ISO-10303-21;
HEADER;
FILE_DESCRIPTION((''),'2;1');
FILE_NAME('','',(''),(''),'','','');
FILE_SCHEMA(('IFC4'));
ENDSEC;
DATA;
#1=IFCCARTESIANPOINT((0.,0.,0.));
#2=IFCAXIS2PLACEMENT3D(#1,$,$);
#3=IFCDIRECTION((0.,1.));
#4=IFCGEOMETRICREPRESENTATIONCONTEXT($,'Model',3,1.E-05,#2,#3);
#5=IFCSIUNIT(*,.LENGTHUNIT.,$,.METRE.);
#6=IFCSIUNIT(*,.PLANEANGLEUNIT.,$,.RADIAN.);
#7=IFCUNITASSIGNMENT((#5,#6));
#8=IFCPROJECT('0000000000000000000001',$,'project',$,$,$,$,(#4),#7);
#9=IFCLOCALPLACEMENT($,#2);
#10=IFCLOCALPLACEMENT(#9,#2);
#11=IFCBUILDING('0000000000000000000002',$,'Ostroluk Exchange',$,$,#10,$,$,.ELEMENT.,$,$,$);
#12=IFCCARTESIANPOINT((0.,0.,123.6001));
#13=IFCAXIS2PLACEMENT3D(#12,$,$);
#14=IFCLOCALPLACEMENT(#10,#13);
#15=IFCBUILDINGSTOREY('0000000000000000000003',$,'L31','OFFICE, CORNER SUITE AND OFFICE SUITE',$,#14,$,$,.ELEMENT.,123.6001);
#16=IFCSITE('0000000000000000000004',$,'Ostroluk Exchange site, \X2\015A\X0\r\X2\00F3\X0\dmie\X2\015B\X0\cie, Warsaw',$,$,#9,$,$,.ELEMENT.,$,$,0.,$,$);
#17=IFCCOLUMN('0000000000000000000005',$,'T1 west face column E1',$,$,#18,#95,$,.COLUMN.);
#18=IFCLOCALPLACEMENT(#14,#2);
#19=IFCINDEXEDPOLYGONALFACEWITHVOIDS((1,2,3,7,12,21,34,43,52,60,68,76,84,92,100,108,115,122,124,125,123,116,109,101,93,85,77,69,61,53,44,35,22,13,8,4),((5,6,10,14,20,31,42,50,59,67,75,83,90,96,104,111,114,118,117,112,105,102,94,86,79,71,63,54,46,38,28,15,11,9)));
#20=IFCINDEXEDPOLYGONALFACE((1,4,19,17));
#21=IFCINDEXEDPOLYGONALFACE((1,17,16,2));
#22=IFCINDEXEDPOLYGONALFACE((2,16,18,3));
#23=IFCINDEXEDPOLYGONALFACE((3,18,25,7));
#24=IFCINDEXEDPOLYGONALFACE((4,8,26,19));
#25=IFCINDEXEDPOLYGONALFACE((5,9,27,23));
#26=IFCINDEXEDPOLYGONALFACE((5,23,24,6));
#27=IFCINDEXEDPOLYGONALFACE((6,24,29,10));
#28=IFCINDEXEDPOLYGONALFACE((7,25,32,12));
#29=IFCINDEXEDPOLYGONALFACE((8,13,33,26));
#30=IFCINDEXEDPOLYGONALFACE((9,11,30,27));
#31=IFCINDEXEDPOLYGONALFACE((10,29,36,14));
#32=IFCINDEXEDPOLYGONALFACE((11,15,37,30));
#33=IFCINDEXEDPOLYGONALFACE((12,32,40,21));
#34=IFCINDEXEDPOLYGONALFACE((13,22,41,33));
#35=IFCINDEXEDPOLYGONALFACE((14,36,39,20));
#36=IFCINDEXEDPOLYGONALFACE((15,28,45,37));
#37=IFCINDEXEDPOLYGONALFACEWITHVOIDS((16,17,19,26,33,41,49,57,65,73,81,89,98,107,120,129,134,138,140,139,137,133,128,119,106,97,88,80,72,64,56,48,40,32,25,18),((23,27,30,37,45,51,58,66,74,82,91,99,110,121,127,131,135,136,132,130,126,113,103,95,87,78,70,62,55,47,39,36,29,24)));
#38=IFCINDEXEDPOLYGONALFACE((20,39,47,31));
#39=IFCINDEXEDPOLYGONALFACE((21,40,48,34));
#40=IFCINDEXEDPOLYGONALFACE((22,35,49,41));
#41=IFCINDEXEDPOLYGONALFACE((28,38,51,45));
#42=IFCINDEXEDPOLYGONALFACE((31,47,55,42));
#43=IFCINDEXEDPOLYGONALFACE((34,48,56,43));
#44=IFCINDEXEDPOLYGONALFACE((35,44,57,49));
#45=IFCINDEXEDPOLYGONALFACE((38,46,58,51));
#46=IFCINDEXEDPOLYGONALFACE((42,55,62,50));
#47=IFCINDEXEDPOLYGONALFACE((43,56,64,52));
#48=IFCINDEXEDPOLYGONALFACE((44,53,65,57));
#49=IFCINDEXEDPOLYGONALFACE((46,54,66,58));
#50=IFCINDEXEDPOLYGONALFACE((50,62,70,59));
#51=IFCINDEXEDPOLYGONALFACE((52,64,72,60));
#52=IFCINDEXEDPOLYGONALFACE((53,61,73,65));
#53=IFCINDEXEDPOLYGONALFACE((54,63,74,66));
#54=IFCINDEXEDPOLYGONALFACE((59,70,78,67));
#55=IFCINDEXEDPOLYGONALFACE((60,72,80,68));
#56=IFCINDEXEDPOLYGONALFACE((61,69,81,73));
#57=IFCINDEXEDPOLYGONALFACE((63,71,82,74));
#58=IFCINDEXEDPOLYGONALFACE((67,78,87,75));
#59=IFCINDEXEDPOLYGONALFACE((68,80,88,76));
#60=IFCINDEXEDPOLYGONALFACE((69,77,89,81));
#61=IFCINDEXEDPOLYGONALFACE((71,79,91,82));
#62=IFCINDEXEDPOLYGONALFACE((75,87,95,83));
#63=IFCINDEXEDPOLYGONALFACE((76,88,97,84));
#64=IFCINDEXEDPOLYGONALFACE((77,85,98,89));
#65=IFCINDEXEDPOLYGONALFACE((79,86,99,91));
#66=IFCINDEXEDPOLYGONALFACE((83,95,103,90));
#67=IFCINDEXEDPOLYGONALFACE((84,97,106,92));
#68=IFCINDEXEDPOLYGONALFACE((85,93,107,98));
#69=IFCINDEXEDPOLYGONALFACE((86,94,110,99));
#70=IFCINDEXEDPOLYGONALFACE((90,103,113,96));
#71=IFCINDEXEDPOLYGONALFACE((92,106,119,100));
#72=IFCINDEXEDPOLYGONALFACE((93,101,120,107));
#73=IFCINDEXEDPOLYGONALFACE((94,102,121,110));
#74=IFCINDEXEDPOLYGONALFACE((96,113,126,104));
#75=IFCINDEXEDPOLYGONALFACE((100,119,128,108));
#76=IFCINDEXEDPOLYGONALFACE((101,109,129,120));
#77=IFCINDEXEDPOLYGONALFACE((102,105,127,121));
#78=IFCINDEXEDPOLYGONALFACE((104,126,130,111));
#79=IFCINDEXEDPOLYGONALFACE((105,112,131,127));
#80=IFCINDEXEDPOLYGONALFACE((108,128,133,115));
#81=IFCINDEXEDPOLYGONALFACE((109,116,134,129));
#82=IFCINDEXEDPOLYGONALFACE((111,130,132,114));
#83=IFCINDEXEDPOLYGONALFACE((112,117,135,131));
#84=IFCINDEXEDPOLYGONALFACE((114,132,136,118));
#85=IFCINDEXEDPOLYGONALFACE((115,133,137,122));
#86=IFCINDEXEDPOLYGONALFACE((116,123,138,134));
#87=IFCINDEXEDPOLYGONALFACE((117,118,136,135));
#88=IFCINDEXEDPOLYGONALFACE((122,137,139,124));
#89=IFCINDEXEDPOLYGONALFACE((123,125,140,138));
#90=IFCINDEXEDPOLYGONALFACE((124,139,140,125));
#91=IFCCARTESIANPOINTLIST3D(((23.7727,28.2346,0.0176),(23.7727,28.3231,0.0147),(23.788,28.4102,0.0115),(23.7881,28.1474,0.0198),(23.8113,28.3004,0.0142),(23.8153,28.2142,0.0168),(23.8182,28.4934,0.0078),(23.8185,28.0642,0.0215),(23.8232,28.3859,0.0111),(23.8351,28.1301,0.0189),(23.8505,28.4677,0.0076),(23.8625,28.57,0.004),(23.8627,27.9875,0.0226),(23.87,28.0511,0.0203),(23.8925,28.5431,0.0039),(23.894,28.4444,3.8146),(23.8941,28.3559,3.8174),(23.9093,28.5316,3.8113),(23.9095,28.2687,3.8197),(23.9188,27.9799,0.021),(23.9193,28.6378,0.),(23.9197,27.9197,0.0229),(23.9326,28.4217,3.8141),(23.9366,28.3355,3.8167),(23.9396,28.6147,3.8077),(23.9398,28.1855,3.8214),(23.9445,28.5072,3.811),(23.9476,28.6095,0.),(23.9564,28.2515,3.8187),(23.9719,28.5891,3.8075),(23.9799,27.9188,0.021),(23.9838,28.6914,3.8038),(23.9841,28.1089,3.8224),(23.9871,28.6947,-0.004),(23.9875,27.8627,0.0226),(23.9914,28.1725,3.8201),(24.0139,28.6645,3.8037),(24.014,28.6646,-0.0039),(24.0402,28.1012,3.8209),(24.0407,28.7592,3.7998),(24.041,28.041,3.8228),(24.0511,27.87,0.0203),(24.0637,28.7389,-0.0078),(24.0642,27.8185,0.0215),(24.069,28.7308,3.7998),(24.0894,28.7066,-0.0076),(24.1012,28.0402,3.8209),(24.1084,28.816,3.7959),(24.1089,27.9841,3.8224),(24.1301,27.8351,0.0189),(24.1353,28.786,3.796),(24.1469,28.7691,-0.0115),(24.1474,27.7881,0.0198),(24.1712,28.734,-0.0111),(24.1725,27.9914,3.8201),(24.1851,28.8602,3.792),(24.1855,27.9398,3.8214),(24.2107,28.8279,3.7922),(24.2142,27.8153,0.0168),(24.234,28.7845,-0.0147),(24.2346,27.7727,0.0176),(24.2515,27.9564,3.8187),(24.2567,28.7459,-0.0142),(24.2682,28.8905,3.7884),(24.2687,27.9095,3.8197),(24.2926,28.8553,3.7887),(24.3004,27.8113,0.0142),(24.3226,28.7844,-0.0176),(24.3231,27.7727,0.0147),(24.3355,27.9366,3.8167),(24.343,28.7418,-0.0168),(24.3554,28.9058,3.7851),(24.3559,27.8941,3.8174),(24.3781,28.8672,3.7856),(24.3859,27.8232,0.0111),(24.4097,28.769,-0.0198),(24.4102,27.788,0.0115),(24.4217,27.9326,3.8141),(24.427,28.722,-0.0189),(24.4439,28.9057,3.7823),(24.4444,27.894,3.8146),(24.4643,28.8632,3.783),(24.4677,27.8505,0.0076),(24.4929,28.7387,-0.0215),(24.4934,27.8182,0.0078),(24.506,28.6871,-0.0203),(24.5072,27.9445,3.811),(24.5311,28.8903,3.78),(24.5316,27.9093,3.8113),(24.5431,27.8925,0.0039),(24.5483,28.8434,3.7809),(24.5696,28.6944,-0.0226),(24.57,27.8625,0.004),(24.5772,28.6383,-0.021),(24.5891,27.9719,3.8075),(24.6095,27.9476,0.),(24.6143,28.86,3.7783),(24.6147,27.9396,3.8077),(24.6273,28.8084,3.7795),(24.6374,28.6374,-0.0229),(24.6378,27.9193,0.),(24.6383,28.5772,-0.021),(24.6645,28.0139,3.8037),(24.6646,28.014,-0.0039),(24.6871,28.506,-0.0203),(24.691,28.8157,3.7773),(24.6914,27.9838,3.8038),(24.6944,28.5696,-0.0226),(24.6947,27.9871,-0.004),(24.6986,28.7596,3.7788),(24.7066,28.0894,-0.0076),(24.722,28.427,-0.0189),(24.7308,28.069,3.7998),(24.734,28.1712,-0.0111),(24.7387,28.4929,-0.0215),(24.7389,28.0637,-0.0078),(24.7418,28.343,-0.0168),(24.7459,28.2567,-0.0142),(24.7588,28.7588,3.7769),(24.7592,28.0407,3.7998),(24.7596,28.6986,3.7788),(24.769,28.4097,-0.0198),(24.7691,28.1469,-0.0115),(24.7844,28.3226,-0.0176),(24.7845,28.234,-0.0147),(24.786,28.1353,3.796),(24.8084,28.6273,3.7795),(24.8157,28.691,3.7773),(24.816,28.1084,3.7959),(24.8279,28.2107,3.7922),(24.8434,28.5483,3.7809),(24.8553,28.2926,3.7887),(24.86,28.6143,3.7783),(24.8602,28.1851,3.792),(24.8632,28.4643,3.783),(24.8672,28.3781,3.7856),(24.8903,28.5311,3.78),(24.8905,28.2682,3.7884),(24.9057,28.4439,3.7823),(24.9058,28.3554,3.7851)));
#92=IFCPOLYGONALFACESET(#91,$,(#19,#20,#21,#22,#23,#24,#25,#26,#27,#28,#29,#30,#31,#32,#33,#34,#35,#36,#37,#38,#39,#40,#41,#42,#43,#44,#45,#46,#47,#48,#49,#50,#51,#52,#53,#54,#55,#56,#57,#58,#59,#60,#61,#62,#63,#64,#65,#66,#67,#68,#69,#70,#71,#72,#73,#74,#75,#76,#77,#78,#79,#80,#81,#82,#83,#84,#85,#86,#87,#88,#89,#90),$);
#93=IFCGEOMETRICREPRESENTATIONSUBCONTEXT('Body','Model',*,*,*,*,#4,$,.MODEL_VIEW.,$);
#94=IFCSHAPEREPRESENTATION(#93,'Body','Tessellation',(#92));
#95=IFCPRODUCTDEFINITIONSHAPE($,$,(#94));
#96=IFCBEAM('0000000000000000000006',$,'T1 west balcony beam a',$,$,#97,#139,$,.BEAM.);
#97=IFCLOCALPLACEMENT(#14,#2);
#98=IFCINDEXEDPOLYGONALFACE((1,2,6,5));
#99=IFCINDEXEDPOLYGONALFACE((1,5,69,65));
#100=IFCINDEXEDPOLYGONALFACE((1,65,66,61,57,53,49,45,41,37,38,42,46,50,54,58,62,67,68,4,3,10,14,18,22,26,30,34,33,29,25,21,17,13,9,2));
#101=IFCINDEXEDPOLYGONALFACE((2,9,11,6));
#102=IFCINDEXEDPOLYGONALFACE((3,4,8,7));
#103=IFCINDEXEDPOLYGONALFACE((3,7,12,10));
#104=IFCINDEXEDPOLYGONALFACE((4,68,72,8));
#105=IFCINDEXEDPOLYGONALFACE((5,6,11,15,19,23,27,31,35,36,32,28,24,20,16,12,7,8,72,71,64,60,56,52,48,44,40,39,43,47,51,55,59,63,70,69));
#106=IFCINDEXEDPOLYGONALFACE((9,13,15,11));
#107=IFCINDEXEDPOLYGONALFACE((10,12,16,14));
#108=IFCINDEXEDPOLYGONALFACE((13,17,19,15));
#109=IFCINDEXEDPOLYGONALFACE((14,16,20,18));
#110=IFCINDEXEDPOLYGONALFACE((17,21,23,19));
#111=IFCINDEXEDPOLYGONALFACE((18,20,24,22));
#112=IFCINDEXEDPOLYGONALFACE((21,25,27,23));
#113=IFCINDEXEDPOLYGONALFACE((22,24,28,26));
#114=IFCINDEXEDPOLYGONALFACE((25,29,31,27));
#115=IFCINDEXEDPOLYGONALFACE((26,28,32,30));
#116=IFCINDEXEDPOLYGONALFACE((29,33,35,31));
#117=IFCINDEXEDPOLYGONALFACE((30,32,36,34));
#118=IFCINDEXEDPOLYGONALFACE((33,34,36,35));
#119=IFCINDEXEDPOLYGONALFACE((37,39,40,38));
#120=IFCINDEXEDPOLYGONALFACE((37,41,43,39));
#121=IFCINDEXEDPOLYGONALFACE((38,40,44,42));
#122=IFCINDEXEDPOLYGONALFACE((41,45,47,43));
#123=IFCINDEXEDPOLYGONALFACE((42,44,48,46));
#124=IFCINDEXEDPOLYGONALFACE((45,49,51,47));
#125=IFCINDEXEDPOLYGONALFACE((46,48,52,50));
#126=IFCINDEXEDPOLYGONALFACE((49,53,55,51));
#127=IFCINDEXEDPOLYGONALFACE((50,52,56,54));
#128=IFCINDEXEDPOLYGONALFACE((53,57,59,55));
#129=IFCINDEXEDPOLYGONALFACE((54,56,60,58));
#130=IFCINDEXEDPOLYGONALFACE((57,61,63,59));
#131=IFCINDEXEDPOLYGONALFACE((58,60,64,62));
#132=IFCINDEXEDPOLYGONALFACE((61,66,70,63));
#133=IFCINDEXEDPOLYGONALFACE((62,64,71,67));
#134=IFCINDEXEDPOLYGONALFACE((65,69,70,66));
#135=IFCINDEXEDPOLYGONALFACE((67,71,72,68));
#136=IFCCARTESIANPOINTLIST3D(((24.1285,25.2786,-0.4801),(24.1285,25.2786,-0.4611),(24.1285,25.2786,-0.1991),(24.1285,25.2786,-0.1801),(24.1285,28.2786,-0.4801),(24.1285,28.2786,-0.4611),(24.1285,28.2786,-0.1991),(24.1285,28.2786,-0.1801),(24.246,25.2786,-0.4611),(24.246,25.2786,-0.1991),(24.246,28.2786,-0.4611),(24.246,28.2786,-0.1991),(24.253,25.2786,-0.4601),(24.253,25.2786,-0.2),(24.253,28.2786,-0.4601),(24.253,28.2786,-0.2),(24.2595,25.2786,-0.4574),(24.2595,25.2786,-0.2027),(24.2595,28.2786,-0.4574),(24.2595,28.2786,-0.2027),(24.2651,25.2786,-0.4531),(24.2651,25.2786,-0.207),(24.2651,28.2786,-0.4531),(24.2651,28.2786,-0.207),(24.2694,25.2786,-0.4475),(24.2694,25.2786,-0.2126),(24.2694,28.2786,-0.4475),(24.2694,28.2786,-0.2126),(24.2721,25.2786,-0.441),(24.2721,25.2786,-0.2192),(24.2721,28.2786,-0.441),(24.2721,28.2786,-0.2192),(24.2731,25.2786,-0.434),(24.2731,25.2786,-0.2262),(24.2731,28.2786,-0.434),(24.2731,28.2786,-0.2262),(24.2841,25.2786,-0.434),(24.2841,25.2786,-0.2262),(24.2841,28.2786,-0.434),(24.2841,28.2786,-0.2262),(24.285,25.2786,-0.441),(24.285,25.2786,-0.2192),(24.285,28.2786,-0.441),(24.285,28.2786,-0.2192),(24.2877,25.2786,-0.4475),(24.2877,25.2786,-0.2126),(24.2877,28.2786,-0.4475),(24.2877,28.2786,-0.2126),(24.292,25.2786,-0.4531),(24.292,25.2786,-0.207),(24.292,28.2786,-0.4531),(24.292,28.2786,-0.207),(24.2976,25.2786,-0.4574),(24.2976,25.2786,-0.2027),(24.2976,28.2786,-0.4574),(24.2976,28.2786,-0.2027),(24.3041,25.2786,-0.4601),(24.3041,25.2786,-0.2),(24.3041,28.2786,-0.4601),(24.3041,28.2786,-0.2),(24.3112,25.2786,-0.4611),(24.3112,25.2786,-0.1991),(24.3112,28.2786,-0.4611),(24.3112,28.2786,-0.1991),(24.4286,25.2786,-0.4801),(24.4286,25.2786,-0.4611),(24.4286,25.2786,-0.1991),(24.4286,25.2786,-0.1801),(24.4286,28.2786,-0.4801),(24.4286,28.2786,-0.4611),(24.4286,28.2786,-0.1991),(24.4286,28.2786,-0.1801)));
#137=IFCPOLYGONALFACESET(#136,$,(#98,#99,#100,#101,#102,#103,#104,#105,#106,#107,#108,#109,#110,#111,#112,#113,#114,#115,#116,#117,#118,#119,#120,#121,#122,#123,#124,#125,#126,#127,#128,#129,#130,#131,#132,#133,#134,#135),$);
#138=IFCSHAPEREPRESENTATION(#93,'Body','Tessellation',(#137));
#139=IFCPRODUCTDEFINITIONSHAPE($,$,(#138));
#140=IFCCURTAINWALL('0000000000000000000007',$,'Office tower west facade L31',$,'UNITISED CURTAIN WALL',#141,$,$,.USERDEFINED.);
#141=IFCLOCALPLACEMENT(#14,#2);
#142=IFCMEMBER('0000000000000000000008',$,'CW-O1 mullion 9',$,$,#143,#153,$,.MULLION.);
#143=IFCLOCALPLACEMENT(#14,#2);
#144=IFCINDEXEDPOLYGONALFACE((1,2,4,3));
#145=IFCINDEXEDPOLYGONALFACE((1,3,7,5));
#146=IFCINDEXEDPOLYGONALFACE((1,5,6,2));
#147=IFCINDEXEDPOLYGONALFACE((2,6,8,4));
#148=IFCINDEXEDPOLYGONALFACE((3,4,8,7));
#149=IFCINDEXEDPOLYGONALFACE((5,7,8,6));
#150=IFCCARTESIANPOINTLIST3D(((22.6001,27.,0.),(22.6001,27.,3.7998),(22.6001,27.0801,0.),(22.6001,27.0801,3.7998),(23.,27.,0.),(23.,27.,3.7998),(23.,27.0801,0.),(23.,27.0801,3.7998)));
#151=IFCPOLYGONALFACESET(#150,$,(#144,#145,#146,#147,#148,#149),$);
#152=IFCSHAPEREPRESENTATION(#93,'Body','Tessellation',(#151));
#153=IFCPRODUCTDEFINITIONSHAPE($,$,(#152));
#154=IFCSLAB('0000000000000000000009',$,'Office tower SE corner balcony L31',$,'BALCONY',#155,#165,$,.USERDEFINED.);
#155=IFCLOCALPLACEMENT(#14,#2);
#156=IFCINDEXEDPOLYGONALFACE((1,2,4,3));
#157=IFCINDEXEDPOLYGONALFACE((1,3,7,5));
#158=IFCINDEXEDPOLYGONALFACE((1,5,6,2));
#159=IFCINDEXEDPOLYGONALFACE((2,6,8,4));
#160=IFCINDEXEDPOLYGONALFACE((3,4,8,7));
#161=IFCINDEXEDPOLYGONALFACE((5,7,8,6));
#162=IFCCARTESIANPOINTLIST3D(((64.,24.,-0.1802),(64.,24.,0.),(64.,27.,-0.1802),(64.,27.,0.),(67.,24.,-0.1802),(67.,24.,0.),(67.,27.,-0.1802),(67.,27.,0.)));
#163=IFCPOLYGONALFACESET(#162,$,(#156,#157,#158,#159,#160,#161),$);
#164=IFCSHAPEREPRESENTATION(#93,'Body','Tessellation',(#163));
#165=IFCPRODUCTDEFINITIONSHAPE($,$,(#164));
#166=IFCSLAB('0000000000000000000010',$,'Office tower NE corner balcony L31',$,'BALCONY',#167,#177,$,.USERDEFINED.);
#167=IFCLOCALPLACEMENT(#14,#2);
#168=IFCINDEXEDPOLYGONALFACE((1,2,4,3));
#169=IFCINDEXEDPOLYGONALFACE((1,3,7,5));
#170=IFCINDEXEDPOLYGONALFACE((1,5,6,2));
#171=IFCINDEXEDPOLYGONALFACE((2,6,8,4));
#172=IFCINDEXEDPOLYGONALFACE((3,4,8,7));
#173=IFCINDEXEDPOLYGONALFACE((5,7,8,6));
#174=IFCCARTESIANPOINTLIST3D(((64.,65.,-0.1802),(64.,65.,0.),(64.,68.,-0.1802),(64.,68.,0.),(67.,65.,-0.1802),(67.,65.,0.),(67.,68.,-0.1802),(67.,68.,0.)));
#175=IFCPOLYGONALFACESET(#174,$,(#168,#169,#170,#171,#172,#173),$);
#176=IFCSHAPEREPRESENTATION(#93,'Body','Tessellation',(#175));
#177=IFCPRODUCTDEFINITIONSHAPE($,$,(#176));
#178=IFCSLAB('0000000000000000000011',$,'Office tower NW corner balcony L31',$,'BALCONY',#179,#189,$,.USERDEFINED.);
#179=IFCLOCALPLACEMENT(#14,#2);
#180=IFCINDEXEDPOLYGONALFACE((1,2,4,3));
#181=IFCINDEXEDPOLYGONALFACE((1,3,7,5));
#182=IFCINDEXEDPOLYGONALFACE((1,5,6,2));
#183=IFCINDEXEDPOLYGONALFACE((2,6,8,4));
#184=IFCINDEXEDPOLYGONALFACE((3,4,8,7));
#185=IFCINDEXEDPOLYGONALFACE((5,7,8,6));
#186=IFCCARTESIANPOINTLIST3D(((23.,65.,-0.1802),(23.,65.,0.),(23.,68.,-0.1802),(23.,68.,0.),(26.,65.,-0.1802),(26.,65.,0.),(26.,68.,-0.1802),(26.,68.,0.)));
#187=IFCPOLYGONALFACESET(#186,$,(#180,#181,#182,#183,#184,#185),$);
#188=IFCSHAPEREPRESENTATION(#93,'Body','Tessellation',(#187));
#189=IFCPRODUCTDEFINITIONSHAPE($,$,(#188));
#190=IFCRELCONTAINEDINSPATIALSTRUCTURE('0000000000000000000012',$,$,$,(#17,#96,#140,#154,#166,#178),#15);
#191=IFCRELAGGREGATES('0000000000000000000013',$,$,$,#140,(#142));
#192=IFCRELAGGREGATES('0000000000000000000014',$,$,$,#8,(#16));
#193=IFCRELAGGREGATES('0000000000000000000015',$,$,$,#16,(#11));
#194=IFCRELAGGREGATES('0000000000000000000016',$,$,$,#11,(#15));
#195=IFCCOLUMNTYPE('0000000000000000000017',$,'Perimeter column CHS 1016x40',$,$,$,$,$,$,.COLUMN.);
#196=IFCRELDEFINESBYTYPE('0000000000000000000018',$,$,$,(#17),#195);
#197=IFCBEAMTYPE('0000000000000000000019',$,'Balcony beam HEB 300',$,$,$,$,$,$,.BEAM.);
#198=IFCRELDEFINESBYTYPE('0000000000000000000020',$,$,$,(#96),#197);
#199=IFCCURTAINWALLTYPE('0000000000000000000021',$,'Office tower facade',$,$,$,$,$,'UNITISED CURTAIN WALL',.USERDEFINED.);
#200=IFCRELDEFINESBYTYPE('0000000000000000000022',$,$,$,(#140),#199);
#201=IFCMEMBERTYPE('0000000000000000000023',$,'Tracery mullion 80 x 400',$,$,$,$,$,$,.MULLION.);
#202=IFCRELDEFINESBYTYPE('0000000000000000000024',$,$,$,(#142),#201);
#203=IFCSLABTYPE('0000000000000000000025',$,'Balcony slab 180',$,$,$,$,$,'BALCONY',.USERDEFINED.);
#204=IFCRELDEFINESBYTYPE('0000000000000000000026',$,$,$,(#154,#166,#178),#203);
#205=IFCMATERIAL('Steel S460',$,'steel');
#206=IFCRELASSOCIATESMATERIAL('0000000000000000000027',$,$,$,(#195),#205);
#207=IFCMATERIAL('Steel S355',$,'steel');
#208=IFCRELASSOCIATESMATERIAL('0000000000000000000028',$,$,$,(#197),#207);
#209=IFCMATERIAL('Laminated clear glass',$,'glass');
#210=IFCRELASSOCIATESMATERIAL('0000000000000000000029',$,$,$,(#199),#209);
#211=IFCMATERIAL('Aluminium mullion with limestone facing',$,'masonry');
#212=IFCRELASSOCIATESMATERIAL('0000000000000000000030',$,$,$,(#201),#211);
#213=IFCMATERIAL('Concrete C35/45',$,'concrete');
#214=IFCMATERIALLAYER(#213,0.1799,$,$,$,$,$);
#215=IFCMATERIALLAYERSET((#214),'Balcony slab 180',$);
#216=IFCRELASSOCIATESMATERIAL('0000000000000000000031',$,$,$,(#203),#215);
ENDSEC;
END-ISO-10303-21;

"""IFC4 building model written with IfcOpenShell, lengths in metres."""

from ifc_helpers import new_model, si_unit, direction, frame, origin, origin_2d, place, context, subcontext, project, spatial, polyline, rectangle, hollow_circle, i_section, outline, extrude, material, layer, layer_set, material_profile, profile_set, type_object, element, aggregate, save


model = new_model("IFC4")

# Units and contexts
model_context = context("Model", 3, precision=1e-05, world=origin(), true_north=direction((0.0, 1.0)))
body_context = subcontext(model_context, "Body", "Model", "MODEL_VIEW")
ifc_project = project(units=[si_unit("LENGTHUNIT", "METRE"), si_unit("PLANEANGLEUNIT", "RADIAN")], contexts=[model_context])

# Site, building, storey
site_placement = place(None, origin())
site = spatial("IfcSite", under=ifc_project, at=site_placement, Name="Ostroluk Exchange site, Śródmieście, Warsaw", CompositionType="ELEMENT", RefElevation=0.0)
building_placement = place(site_placement, origin())
building = spatial("IfcBuilding", under=site, at=building_placement, Name="Ostroluk Exchange", CompositionType="ELEMENT")
storey_placement = place(building_placement, frame((0.0, 0.0, 123.6001)))
storey = spatial("IfcBuildingStorey", under=building, at=storey_placement, Name="L31", Description="OFFICE, CORNER SUITE AND OFFICE SUITE", CompositionType="ELEMENT", Elevation=123.6001)

# Column
ifc_material_1 = material(Name="Steel S460", Category="steel")
ifc_material_profile_1 = material_profile(ifc_material_1, hollow_circle(Radius=0.5081, WallThickness=0.04, at=origin_2d()), Name="CHS 1016x40")
ifc_profile_set_1 = profile_set([ifc_material_profile_1], Name="Steel S460")
column_type = type_object("IfcColumnType", Name="Perimeter column CHS 1016x40", PredefinedType="COLUMN", material=ifc_profile_set_1)
column_placement = place(storey_placement, frame((24.2786, 28.2786, 0.0), z_axis=(0.0319, 0.0319, 0.998982), x_axis=(-0.707107, 0.707107, 0.0)))
element("IfcColumn", 1, at=column_placement, inside=storey, type_object=column_type, Name="T1 west face column E1", PredefinedType="COLUMN", context=body_context, shape_type="SweptSolid", body=[
    extrude(hollow_circle(Radius=0.5081, WallThickness=0.04, at=origin_2d()), origin(), (0.0, 0.0, 1.0), 3.8037),
])

# Beam
ifc_material_2 = material(Name="Steel S355", Category="steel")
ifc_material_profile_2 = material_profile(ifc_material_2, i_section(OverallWidth=0.3, OverallDepth=0.3, WebThickness=0.011, FlangeThickness=0.019, FilletRadius=0.0271, at=origin_2d()), Name="HEB 300")
ifc_profile_set_2 = profile_set([ifc_material_profile_2], Name="Steel S355")
beam_type = type_object("IfcBeamType", Name="Balcony beam HEB 300", PredefinedType="BEAM", material=ifc_profile_set_2)
beam_placement = place(storey_placement, frame((24.2786, 28.2786, -0.3301), z_axis=(0.0, -1.0, 0.0), x_axis=(1.0, 0.0, 0.0)))
element("IfcBeam", 2, at=beam_placement, inside=storey, type_object=beam_type, Name="T1 west balcony beam a", PredefinedType="BEAM", context=body_context, shape_type="SweptSolid", body=[
    extrude(i_section(OverallWidth=0.3, OverallDepth=0.3, WebThickness=0.011, FlangeThickness=0.019, FilletRadius=0.0271, at=origin_2d()), origin(), (0.0, 0.0, 1.0), 3.0),
])

# Curtain wall, member
ifc_material_3 = material(Name="Laminated clear glass", Category="glass")
curtain_wall_type = type_object("IfcCurtainWallType", Name="Office tower facade", ElementType="UNITISED CURTAIN WALL", PredefinedType="USERDEFINED", material=ifc_material_3)
curtain_wall_placement = place(storey_placement, origin())
curtain_wall = element("IfcCurtainWall", 3, at=curtain_wall_placement, inside=storey, type_object=curtain_wall_type, Name="Office tower west facade L31", ObjectType="UNITISED CURTAIN WALL", PredefinedType="USERDEFINED")
ifc_material_4 = material(Name="Aluminium mullion with limestone facing", Category="masonry")
ifc_material_profile_3 = material_profile(ifc_material_4, rectangle(XDim=0.3999, YDim=0.0801, at=origin_2d()), Name="Tracery mullion 80 x 400")
ifc_profile_set_3 = profile_set([ifc_material_profile_3], Name="Aluminium mullion with limestone facing")
member_type = type_object("IfcMemberType", Name="Tracery mullion 80 x 400", PredefinedType="MULLION", material=ifc_profile_set_3)
member_placement = place(storey_placement, frame((22.8, 27.04, 0.0), z_axis=(0.0, 0.0, 1.0), x_axis=(1.0, 0.0, 0.0)))
member = element("IfcMember", 4, at=member_placement, type_object=member_type, Name="CW-O1 mullion 9", PredefinedType="MULLION", context=body_context, shape_type="SweptSolid", body=[
    extrude(rectangle(XDim=0.3999, YDim=0.0801, at=origin_2d()), origin(), (0.0, 0.0, 1.0), 3.7998),
])
aggregate(curtain_wall, [member])

# Slabs
ifc_material_5 = material(Name="Concrete C35/45", Category="concrete")
ifc_layer_1 = layer(ifc_material_5, 0.1799)
ifc_layer_set_1 = layer_set([ifc_layer_1], Name="Balcony slab 180")
slab_type_1 = type_object("IfcSlabType", Name="Balcony slab 180", ElementType="BALCONY", PredefinedType="USERDEFINED", material=ifc_layer_set_1)
slab_1_placement = place(storey_placement, frame((0.0, 0.0, -0.1802)))
element("IfcSlab", 5, at=slab_1_placement, inside=storey, type_object=slab_type_1, Name="Office tower SE corner balcony L31", ObjectType="BALCONY", PredefinedType="USERDEFINED", context=body_context, shape_type="SweptSolid", body=[
    extrude(outline(polyline([(64.0, 24.0), (67.0, 24.0), (67.0, 27.0), (64.0, 27.0), (64.0, 24.0)])), origin(), (0.0, 0.0, 1.0), 0.1802),
])
slab_2_placement = place(storey_placement, frame((0.0, 0.0, -0.1802)))
element("IfcSlab", 6, at=slab_2_placement, inside=storey, type_object=slab_type_1, Name="Office tower NE corner balcony L31", ObjectType="BALCONY", PredefinedType="USERDEFINED", context=body_context, shape_type="SweptSolid", body=[
    extrude(outline(polyline([(64.0, 65.0), (67.0, 65.0), (67.0, 68.0), (64.0, 68.0), (64.0, 65.0)])), origin(), (0.0, 0.0, 1.0), 0.1802),
])
slab_3_placement = place(storey_placement, frame((0.0, 0.0, -0.1802)))
element("IfcSlab", 7, at=slab_3_placement, inside=storey, type_object=slab_type_1, Name="Office tower NW corner balcony L31", ObjectType="BALCONY", PredefinedType="USERDEFINED", context=body_context, shape_type="SweptSolid", body=[
    extrude(outline(polyline([(23.0, 65.0), (26.0, 65.0), (26.0, 68.0), (23.0, 68.0), (23.0, 65.0)])), origin(), (0.0, 0.0, 1.0), 0.1802),
])

save(model, "model.ifc")
